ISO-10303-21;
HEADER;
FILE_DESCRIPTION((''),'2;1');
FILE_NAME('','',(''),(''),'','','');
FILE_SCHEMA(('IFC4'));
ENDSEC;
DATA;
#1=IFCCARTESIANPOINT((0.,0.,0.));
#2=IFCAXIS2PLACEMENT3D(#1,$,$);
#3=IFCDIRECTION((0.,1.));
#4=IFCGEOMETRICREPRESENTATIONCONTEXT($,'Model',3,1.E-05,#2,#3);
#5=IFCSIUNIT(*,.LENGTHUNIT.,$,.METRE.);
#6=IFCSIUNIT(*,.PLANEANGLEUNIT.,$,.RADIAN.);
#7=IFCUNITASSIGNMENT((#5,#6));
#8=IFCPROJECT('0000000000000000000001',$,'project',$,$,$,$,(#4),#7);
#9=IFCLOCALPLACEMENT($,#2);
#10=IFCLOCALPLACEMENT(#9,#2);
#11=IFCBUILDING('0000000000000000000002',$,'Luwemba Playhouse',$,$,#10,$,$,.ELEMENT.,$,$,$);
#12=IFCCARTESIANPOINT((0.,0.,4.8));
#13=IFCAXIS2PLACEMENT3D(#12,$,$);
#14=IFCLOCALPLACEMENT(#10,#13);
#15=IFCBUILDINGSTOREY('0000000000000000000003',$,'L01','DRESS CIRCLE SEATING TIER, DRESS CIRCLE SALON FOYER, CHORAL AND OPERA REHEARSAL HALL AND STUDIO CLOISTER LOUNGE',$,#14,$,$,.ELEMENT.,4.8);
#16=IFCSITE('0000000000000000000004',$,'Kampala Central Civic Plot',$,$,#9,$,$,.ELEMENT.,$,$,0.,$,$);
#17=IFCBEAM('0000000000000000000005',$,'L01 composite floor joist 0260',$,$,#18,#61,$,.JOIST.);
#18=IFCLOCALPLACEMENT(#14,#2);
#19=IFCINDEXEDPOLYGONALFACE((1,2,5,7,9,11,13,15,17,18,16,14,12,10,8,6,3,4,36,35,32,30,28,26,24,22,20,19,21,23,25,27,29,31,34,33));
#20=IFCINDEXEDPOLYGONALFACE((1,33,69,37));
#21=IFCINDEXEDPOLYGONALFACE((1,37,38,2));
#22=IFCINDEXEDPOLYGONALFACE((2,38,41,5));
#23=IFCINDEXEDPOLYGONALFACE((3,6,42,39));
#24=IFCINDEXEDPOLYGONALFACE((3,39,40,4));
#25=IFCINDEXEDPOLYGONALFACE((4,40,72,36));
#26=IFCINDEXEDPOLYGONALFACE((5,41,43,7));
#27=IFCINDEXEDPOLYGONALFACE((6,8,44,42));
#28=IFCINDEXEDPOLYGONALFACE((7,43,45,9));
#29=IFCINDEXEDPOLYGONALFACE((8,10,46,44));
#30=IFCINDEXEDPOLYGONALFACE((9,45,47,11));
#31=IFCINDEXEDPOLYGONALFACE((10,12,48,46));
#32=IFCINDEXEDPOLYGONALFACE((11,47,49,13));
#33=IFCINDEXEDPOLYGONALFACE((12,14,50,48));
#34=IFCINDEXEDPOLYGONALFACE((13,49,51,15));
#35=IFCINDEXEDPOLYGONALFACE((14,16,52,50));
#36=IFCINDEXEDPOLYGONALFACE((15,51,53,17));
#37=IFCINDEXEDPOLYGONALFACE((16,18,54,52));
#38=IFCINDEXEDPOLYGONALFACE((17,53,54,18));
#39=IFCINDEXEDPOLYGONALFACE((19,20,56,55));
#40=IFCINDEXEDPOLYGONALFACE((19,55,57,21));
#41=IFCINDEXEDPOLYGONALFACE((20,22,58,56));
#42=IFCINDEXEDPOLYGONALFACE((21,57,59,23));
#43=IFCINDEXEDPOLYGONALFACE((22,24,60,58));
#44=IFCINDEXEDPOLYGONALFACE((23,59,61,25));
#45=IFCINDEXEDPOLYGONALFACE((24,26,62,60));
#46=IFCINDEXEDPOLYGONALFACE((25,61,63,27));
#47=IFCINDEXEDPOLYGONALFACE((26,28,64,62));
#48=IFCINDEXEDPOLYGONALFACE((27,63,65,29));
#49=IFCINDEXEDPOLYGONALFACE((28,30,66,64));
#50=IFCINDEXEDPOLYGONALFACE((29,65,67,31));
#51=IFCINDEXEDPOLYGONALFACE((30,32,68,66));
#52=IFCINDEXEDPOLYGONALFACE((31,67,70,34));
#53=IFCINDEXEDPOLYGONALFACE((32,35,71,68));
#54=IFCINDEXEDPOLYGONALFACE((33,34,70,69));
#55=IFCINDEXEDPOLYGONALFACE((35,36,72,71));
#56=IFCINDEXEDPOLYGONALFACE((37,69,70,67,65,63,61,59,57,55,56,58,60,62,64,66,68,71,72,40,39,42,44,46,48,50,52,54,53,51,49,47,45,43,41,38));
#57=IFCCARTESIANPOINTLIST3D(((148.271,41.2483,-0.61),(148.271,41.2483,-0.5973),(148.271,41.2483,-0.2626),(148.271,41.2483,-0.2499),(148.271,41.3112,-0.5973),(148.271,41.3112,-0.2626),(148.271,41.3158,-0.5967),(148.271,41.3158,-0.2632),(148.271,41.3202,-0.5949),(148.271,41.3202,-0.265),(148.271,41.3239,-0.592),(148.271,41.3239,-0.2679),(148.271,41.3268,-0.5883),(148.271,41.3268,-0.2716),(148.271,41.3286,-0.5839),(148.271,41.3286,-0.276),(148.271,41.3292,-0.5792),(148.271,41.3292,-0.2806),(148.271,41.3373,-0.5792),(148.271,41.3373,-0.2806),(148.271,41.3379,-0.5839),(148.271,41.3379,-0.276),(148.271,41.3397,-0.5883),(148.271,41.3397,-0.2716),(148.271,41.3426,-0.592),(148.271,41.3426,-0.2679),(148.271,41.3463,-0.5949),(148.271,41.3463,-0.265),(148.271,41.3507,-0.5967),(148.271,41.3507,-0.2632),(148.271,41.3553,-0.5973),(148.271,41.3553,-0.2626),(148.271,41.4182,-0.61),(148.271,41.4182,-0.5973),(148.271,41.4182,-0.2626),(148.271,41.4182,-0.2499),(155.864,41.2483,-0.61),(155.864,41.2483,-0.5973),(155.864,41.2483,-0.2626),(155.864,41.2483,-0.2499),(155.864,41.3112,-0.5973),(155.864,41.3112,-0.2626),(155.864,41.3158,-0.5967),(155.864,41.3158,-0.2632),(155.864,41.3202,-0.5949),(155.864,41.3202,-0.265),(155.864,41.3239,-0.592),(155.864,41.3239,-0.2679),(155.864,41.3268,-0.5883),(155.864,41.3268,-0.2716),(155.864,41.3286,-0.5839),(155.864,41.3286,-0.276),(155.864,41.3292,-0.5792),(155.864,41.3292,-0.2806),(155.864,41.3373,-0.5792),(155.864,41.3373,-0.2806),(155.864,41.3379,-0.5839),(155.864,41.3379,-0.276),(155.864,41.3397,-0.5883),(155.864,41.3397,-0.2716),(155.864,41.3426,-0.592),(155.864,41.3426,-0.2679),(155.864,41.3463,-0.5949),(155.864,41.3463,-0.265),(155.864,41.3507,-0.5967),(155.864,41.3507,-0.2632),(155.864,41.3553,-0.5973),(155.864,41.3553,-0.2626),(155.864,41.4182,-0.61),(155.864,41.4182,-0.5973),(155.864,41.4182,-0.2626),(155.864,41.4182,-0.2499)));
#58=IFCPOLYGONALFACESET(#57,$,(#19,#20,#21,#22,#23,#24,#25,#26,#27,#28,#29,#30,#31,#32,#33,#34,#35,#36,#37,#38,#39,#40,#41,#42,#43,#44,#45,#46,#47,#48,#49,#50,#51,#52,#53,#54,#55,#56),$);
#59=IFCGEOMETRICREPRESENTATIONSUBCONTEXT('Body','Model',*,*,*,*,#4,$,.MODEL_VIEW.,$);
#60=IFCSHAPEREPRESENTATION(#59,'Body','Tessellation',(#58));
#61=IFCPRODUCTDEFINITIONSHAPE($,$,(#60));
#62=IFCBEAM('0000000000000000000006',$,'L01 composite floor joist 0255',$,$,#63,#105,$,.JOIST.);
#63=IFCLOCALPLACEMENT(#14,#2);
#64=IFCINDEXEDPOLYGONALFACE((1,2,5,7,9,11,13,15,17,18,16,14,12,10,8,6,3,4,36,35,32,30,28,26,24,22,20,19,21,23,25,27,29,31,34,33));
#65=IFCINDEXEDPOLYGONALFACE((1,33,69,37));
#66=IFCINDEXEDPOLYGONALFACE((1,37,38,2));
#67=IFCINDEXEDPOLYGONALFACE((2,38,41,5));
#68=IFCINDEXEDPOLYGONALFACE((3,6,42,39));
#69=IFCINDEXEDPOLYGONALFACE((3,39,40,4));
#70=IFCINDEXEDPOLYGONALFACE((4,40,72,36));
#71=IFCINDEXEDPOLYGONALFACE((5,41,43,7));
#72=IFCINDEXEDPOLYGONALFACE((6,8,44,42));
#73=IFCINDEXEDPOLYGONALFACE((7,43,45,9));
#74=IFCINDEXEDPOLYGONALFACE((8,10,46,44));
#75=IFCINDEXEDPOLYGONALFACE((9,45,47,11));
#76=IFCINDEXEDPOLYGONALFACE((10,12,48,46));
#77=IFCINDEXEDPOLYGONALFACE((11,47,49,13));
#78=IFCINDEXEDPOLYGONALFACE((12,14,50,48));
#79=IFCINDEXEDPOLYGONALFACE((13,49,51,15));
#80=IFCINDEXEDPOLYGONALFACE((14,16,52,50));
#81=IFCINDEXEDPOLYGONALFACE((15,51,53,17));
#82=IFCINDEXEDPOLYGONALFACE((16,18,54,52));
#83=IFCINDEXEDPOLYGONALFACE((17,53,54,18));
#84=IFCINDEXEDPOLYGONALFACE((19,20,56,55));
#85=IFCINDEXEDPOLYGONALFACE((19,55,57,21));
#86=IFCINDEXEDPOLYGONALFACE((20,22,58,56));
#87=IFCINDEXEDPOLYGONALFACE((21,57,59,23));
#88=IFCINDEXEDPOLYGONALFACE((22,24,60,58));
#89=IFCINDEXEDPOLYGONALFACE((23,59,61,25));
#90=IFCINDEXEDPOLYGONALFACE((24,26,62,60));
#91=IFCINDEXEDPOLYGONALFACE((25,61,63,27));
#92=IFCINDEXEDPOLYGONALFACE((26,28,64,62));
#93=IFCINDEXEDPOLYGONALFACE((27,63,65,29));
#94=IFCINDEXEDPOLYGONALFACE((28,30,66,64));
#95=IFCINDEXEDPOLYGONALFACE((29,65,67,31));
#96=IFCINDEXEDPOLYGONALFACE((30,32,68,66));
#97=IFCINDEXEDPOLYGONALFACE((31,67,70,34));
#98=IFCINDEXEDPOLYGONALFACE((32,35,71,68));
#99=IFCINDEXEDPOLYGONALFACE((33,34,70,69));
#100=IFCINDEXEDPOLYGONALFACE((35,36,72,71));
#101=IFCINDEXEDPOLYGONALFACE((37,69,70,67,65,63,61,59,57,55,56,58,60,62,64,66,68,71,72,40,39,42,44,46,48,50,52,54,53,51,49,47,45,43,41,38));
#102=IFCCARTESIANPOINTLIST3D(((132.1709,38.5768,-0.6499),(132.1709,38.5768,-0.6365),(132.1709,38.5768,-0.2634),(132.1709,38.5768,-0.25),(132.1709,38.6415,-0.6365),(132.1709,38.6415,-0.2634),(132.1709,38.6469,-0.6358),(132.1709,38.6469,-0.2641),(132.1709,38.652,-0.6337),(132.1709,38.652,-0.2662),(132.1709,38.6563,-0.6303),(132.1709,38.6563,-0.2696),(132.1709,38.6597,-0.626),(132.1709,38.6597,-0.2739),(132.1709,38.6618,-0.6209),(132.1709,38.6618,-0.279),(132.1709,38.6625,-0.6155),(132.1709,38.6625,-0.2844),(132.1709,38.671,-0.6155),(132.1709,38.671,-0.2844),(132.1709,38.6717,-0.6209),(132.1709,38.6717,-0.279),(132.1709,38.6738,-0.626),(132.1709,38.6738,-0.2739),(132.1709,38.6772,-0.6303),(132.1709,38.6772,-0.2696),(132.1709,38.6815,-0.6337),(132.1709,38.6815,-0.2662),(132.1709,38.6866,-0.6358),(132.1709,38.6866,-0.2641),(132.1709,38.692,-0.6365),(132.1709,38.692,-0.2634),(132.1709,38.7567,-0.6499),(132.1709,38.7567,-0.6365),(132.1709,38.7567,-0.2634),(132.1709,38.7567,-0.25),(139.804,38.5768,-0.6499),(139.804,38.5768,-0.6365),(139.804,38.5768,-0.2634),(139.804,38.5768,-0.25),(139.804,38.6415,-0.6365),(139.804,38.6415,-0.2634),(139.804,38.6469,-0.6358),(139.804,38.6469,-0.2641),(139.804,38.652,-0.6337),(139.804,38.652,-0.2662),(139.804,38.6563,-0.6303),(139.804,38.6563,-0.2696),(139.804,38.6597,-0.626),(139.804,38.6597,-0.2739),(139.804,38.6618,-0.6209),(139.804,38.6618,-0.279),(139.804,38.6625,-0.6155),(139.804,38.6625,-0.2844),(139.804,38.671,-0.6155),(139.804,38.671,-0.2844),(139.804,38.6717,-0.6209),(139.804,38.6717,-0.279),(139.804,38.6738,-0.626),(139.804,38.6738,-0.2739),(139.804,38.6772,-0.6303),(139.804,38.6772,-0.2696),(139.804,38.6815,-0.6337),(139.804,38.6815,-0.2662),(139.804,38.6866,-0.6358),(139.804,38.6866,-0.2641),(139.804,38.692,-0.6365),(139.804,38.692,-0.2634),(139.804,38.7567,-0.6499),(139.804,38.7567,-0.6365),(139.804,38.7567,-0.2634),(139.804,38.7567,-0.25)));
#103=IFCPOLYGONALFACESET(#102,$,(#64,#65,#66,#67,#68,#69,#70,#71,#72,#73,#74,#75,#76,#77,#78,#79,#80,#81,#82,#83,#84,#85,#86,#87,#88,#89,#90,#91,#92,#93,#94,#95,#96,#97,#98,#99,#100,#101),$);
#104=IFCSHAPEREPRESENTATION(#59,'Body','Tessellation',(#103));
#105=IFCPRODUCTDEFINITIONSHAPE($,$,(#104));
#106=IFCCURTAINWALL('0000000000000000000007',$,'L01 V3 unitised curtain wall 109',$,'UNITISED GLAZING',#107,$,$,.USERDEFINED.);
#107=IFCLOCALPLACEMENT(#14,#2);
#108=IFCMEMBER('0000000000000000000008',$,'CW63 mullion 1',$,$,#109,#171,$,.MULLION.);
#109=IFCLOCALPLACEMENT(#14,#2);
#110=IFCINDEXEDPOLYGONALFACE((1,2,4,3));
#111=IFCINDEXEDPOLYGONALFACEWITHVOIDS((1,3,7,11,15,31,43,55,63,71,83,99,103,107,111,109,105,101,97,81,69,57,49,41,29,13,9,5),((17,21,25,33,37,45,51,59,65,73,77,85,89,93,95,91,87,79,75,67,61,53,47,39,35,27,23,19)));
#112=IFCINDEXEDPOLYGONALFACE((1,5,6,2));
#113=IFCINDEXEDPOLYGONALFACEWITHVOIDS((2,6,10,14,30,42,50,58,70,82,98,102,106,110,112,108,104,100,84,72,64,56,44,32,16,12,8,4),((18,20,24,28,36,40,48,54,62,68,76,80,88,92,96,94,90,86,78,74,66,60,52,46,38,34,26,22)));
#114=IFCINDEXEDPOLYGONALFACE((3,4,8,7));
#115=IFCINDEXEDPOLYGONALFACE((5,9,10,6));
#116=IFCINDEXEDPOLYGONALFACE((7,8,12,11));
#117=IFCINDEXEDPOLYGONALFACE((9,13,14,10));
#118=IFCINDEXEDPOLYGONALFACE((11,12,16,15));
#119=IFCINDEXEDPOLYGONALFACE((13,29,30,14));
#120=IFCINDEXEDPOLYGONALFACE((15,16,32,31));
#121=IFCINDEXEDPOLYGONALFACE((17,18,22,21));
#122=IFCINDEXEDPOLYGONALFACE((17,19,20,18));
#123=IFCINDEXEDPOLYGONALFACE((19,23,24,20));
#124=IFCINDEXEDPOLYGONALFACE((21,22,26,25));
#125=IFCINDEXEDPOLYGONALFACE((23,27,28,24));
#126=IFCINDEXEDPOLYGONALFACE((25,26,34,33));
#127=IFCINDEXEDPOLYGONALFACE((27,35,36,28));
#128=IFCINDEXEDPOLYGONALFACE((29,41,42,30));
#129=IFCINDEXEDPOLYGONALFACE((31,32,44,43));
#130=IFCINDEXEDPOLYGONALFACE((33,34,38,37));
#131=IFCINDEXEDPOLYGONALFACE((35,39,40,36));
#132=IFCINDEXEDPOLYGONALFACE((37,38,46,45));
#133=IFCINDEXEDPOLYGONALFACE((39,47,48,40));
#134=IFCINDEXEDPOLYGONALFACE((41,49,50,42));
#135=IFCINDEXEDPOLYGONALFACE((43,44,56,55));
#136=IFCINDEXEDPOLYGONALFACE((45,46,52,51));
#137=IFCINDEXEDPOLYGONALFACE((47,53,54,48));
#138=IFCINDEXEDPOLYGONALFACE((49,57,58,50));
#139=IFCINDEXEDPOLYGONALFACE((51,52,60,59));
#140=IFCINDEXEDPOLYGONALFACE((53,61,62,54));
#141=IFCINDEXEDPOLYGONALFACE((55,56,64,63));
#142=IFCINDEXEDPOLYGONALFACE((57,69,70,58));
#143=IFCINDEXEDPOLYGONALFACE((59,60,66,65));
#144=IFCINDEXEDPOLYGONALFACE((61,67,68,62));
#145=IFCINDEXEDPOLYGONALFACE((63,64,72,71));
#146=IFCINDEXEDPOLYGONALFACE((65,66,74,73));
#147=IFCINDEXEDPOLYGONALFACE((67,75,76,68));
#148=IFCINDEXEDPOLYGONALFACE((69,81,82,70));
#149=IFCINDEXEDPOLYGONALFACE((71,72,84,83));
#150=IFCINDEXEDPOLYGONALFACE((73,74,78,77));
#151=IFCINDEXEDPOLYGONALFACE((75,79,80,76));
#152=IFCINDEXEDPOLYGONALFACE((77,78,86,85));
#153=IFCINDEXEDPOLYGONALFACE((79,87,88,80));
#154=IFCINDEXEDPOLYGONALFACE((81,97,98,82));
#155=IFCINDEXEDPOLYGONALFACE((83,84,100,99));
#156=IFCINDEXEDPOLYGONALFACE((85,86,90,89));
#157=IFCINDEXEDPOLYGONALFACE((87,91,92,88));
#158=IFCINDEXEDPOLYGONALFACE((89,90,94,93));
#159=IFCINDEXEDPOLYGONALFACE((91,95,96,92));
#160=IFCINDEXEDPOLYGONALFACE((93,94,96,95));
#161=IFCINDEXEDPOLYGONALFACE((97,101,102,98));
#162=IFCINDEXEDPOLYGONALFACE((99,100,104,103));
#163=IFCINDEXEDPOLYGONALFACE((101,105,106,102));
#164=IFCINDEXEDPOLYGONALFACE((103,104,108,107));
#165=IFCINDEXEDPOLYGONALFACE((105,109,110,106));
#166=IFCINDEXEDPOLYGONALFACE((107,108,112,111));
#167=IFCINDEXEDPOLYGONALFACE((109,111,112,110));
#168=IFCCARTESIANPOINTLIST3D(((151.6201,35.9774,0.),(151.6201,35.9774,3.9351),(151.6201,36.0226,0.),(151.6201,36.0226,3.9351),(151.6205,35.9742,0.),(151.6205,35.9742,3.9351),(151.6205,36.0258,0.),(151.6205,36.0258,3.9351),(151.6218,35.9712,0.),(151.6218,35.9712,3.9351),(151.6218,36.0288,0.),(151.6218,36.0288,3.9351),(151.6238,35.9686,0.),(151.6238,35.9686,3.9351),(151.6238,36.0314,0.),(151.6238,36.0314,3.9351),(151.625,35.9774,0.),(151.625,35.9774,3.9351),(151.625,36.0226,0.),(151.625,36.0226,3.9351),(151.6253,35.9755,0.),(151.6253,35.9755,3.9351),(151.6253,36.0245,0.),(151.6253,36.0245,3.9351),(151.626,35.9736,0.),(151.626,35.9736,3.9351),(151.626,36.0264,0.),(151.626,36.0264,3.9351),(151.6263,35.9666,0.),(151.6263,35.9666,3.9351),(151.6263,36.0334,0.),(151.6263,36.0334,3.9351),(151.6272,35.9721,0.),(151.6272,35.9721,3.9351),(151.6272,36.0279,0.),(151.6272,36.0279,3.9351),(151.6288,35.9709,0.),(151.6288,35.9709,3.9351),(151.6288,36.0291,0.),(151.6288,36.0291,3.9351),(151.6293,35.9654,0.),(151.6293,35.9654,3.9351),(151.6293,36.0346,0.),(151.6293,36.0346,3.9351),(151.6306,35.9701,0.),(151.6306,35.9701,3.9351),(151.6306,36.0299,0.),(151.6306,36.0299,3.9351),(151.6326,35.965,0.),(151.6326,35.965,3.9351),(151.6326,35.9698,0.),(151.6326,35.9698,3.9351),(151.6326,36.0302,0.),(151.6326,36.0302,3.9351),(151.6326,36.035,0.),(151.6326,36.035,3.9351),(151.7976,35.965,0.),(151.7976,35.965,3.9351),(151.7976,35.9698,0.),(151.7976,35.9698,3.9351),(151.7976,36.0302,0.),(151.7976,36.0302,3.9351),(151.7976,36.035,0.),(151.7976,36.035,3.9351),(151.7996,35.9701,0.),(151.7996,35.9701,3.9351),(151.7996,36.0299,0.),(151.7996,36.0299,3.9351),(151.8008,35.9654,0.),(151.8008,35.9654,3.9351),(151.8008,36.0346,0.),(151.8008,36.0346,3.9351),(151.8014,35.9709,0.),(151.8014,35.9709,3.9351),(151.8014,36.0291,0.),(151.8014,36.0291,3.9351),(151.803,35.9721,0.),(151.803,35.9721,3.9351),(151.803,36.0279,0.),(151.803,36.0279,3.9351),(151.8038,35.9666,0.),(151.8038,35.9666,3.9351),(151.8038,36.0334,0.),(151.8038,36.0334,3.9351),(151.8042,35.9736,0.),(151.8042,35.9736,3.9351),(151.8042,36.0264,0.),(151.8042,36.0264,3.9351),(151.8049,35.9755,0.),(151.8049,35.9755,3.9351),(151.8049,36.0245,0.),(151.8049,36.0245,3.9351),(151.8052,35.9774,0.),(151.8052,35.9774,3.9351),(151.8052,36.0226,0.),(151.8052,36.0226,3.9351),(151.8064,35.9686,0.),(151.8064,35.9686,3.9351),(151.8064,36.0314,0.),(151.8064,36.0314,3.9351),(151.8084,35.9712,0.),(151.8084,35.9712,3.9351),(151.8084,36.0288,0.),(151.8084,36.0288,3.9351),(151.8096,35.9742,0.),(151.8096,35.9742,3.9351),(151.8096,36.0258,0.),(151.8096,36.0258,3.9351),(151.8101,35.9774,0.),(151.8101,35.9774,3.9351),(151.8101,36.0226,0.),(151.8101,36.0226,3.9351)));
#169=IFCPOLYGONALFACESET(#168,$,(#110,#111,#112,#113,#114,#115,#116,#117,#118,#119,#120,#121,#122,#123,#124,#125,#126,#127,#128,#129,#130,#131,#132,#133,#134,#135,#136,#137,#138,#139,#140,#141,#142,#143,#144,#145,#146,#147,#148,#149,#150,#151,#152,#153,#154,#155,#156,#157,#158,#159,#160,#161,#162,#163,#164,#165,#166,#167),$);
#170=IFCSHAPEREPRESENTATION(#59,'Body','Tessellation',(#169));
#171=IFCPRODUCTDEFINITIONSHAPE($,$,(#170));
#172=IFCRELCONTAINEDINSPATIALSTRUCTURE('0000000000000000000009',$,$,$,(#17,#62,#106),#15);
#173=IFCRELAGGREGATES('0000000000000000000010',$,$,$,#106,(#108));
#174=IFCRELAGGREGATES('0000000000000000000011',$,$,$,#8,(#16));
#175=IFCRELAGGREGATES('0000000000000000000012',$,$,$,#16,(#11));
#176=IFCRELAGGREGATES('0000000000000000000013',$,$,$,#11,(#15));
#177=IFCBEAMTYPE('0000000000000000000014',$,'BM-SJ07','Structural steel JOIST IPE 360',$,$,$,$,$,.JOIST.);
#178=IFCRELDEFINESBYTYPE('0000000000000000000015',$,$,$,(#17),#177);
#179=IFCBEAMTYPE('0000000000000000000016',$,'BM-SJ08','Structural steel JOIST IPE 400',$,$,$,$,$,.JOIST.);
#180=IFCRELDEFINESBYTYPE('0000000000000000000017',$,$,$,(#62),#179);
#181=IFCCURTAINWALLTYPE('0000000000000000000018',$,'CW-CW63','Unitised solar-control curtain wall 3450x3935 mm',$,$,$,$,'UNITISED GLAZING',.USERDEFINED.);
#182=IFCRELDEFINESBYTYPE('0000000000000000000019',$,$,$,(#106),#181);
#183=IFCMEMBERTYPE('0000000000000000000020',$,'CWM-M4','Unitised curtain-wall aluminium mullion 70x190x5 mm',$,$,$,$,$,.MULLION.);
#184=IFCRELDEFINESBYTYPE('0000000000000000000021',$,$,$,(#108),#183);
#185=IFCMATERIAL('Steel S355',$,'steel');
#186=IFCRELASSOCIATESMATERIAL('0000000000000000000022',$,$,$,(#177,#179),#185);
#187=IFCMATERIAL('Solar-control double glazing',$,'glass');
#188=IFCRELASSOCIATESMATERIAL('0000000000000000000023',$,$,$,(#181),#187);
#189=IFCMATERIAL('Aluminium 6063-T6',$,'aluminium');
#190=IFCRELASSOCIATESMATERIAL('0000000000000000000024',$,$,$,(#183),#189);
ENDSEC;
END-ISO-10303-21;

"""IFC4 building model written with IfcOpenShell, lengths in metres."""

from ifc_helpers import new_model, si_unit, direction, frame, origin, origin_2d, place, context, subcontext, project, spatial, hollow_rectangle, i_section, extrude, material, material_profile, profile_set, type_object, element, aggregate, save


model = new_model("IFC4")

# Units and contexts
model_context = context("Model", 3, precision=1e-05, world=origin(), true_north=direction((0.0, 1.0)))
body_context = subcontext(model_context, "Body", "Model", "MODEL_VIEW")
ifc_project = project(units=[si_unit("LENGTHUNIT", "METRE"), si_unit("PLANEANGLEUNIT", "RADIAN")], contexts=[model_context])

# Site, building, storey
site_placement = place(None, origin())
site = spatial("IfcSite", under=ifc_project, at=site_placement, Name="Kampala Central Civic Plot", CompositionType="ELEMENT", RefElevation=0.0)
building_placement = place(site_placement, origin())
building = spatial("IfcBuilding", under=site, at=building_placement, Name="Luwemba Playhouse", CompositionType="ELEMENT")
storey_placement = place(building_placement, frame((0.0, 0.0, 4.8)))
storey = spatial("IfcBuildingStorey", under=building, at=storey_placement, Name="L01", Description="DRESS CIRCLE SEATING TIER, DRESS CIRCLE SALON FOYER, CHORAL AND OPERA REHEARSAL HALL AND STUDIO CLOISTER LOUNGE", CompositionType="ELEMENT", Elevation=4.8)

# Beams
ifc_material_1 = material(Name="Steel S355", Category="steel")
ifc_material_profile_1 = material_profile(ifc_material_1, i_section(OverallWidth=0.1699, OverallDepth=0.3601, WebThickness=0.0081, FlangeThickness=0.0127, FilletRadius=0.0181, at=origin_2d()))
ifc_profile_set_1 = profile_set([ifc_material_profile_1], Name="Steel S355")
beam_type_1 = type_object("IfcBeamType", Name="BM-SJ07", Description="Structural steel JOIST IPE 360", PredefinedType="JOIST", material=ifc_profile_set_1)
beam_1_placement = place(storey_placement, frame((148.271, 41.3333, -0.4299), z_axis=(1.0, 0.0, 0.0), x_axis=(0.0, 1.0, 0.0)))
element("IfcBeam", 1, at=beam_1_placement, inside=storey, type_object=beam_type_1, Name="L01 composite floor joist 0260", PredefinedType="JOIST", context=body_context, shape_type="SweptSolid", body=[
    extrude(i_section(OverallWidth=0.1699, OverallDepth=0.3601, WebThickness=0.0081, FlangeThickness=0.0127, FilletRadius=0.0181, at=origin_2d()), origin(), (0.0, 0.0, 1.0), 7.593),
])
ifc_material_profile_2 = material_profile(ifc_material_1, i_section(OverallWidth=0.1799, OverallDepth=0.3999, WebThickness=0.0085, FlangeThickness=0.0134, FilletRadius=0.021, at=origin_2d()))
ifc_profile_set_2 = profile_set([ifc_material_profile_2], Name="Steel S355")
beam_type_2 = type_object("IfcBeamType", Name="BM-SJ08", Description="Structural steel JOIST IPE 400", PredefinedType="JOIST", material=ifc_profile_set_2)
beam_2_placement = place(storey_placement, frame((132.1709, 38.6667, -0.45), z_axis=(1.0, 0.0, 0.0), x_axis=(0.0, 1.0, 0.0)))
element("IfcBeam", 2, at=beam_2_placement, inside=storey, type_object=beam_type_2, Name="L01 composite floor joist 0255", PredefinedType="JOIST", context=body_context, shape_type="SweptSolid", body=[
    extrude(i_section(OverallWidth=0.1799, OverallDepth=0.3999, WebThickness=0.0085, FlangeThickness=0.0134, FilletRadius=0.021, at=origin_2d()), origin(), (0.0, 0.0, 1.0), 7.6331),
])

# Curtain wall, member
ifc_material_2 = material(Name="Solar-control double glazing", Category="glass")
curtain_wall_type = type_object("IfcCurtainWallType", Name="CW-CW63", Description="Unitised solar-control curtain wall 3450x3935 mm", ElementType="UNITISED GLAZING", PredefinedType="USERDEFINED", material=ifc_material_2)
curtain_wall_placement = place(storey_placement, origin())
curtain_wall = element("IfcCurtainWall", 3, at=curtain_wall_placement, inside=storey, type_object=curtain_wall_type, Name="L01 V3 unitised curtain wall 109", ObjectType="UNITISED GLAZING", PredefinedType="USERDEFINED")
ifc_material_3 = material(Name="Aluminium 6063-T6", Category="aluminium")
ifc_material_profile_3 = material_profile(ifc_material_3, hollow_rectangle(XDim=0.0701, YDim=0.1899, WallThickness=0.0049, InnerFilletRadius=0.0076, OuterFilletRadius=0.0125, at=origin_2d()))
ifc_profile_set_3 = profile_set([ifc_material_profile_3], Name="Aluminium 6063-T6")
member_type_1 = type_object("IfcMemberType", Name="CWM-M4", Description="Unitised curtain-wall aluminium mullion 70x190x5 mm", PredefinedType="MULLION", material=ifc_profile_set_3)
member_1_placement = place(storey_placement, frame((151.7151, 36.0, 0.0), z_axis=(0.0, 0.0, 1.0), x_axis=(0.0, -1.0, 0.0)))
member_1 = element("IfcMember", 4, at=member_1_placement, type_object=member_type_1, Name="CW63 mullion 1", PredefinedType="MULLION", context=body_context, shape_type="SweptSolid", body=[
    extrude(hollow_rectangle(XDim=0.0701, YDim=0.1899, WallThickness=0.0049, InnerFilletRadius=0.0076, OuterFilletRadius=0.0125, at=origin_2d()), origin(), (0.0, 0.0, 1.0), 3.9351),
])
aggregate(curtain_wall, [member_1])

save(model, "model.ifc")
